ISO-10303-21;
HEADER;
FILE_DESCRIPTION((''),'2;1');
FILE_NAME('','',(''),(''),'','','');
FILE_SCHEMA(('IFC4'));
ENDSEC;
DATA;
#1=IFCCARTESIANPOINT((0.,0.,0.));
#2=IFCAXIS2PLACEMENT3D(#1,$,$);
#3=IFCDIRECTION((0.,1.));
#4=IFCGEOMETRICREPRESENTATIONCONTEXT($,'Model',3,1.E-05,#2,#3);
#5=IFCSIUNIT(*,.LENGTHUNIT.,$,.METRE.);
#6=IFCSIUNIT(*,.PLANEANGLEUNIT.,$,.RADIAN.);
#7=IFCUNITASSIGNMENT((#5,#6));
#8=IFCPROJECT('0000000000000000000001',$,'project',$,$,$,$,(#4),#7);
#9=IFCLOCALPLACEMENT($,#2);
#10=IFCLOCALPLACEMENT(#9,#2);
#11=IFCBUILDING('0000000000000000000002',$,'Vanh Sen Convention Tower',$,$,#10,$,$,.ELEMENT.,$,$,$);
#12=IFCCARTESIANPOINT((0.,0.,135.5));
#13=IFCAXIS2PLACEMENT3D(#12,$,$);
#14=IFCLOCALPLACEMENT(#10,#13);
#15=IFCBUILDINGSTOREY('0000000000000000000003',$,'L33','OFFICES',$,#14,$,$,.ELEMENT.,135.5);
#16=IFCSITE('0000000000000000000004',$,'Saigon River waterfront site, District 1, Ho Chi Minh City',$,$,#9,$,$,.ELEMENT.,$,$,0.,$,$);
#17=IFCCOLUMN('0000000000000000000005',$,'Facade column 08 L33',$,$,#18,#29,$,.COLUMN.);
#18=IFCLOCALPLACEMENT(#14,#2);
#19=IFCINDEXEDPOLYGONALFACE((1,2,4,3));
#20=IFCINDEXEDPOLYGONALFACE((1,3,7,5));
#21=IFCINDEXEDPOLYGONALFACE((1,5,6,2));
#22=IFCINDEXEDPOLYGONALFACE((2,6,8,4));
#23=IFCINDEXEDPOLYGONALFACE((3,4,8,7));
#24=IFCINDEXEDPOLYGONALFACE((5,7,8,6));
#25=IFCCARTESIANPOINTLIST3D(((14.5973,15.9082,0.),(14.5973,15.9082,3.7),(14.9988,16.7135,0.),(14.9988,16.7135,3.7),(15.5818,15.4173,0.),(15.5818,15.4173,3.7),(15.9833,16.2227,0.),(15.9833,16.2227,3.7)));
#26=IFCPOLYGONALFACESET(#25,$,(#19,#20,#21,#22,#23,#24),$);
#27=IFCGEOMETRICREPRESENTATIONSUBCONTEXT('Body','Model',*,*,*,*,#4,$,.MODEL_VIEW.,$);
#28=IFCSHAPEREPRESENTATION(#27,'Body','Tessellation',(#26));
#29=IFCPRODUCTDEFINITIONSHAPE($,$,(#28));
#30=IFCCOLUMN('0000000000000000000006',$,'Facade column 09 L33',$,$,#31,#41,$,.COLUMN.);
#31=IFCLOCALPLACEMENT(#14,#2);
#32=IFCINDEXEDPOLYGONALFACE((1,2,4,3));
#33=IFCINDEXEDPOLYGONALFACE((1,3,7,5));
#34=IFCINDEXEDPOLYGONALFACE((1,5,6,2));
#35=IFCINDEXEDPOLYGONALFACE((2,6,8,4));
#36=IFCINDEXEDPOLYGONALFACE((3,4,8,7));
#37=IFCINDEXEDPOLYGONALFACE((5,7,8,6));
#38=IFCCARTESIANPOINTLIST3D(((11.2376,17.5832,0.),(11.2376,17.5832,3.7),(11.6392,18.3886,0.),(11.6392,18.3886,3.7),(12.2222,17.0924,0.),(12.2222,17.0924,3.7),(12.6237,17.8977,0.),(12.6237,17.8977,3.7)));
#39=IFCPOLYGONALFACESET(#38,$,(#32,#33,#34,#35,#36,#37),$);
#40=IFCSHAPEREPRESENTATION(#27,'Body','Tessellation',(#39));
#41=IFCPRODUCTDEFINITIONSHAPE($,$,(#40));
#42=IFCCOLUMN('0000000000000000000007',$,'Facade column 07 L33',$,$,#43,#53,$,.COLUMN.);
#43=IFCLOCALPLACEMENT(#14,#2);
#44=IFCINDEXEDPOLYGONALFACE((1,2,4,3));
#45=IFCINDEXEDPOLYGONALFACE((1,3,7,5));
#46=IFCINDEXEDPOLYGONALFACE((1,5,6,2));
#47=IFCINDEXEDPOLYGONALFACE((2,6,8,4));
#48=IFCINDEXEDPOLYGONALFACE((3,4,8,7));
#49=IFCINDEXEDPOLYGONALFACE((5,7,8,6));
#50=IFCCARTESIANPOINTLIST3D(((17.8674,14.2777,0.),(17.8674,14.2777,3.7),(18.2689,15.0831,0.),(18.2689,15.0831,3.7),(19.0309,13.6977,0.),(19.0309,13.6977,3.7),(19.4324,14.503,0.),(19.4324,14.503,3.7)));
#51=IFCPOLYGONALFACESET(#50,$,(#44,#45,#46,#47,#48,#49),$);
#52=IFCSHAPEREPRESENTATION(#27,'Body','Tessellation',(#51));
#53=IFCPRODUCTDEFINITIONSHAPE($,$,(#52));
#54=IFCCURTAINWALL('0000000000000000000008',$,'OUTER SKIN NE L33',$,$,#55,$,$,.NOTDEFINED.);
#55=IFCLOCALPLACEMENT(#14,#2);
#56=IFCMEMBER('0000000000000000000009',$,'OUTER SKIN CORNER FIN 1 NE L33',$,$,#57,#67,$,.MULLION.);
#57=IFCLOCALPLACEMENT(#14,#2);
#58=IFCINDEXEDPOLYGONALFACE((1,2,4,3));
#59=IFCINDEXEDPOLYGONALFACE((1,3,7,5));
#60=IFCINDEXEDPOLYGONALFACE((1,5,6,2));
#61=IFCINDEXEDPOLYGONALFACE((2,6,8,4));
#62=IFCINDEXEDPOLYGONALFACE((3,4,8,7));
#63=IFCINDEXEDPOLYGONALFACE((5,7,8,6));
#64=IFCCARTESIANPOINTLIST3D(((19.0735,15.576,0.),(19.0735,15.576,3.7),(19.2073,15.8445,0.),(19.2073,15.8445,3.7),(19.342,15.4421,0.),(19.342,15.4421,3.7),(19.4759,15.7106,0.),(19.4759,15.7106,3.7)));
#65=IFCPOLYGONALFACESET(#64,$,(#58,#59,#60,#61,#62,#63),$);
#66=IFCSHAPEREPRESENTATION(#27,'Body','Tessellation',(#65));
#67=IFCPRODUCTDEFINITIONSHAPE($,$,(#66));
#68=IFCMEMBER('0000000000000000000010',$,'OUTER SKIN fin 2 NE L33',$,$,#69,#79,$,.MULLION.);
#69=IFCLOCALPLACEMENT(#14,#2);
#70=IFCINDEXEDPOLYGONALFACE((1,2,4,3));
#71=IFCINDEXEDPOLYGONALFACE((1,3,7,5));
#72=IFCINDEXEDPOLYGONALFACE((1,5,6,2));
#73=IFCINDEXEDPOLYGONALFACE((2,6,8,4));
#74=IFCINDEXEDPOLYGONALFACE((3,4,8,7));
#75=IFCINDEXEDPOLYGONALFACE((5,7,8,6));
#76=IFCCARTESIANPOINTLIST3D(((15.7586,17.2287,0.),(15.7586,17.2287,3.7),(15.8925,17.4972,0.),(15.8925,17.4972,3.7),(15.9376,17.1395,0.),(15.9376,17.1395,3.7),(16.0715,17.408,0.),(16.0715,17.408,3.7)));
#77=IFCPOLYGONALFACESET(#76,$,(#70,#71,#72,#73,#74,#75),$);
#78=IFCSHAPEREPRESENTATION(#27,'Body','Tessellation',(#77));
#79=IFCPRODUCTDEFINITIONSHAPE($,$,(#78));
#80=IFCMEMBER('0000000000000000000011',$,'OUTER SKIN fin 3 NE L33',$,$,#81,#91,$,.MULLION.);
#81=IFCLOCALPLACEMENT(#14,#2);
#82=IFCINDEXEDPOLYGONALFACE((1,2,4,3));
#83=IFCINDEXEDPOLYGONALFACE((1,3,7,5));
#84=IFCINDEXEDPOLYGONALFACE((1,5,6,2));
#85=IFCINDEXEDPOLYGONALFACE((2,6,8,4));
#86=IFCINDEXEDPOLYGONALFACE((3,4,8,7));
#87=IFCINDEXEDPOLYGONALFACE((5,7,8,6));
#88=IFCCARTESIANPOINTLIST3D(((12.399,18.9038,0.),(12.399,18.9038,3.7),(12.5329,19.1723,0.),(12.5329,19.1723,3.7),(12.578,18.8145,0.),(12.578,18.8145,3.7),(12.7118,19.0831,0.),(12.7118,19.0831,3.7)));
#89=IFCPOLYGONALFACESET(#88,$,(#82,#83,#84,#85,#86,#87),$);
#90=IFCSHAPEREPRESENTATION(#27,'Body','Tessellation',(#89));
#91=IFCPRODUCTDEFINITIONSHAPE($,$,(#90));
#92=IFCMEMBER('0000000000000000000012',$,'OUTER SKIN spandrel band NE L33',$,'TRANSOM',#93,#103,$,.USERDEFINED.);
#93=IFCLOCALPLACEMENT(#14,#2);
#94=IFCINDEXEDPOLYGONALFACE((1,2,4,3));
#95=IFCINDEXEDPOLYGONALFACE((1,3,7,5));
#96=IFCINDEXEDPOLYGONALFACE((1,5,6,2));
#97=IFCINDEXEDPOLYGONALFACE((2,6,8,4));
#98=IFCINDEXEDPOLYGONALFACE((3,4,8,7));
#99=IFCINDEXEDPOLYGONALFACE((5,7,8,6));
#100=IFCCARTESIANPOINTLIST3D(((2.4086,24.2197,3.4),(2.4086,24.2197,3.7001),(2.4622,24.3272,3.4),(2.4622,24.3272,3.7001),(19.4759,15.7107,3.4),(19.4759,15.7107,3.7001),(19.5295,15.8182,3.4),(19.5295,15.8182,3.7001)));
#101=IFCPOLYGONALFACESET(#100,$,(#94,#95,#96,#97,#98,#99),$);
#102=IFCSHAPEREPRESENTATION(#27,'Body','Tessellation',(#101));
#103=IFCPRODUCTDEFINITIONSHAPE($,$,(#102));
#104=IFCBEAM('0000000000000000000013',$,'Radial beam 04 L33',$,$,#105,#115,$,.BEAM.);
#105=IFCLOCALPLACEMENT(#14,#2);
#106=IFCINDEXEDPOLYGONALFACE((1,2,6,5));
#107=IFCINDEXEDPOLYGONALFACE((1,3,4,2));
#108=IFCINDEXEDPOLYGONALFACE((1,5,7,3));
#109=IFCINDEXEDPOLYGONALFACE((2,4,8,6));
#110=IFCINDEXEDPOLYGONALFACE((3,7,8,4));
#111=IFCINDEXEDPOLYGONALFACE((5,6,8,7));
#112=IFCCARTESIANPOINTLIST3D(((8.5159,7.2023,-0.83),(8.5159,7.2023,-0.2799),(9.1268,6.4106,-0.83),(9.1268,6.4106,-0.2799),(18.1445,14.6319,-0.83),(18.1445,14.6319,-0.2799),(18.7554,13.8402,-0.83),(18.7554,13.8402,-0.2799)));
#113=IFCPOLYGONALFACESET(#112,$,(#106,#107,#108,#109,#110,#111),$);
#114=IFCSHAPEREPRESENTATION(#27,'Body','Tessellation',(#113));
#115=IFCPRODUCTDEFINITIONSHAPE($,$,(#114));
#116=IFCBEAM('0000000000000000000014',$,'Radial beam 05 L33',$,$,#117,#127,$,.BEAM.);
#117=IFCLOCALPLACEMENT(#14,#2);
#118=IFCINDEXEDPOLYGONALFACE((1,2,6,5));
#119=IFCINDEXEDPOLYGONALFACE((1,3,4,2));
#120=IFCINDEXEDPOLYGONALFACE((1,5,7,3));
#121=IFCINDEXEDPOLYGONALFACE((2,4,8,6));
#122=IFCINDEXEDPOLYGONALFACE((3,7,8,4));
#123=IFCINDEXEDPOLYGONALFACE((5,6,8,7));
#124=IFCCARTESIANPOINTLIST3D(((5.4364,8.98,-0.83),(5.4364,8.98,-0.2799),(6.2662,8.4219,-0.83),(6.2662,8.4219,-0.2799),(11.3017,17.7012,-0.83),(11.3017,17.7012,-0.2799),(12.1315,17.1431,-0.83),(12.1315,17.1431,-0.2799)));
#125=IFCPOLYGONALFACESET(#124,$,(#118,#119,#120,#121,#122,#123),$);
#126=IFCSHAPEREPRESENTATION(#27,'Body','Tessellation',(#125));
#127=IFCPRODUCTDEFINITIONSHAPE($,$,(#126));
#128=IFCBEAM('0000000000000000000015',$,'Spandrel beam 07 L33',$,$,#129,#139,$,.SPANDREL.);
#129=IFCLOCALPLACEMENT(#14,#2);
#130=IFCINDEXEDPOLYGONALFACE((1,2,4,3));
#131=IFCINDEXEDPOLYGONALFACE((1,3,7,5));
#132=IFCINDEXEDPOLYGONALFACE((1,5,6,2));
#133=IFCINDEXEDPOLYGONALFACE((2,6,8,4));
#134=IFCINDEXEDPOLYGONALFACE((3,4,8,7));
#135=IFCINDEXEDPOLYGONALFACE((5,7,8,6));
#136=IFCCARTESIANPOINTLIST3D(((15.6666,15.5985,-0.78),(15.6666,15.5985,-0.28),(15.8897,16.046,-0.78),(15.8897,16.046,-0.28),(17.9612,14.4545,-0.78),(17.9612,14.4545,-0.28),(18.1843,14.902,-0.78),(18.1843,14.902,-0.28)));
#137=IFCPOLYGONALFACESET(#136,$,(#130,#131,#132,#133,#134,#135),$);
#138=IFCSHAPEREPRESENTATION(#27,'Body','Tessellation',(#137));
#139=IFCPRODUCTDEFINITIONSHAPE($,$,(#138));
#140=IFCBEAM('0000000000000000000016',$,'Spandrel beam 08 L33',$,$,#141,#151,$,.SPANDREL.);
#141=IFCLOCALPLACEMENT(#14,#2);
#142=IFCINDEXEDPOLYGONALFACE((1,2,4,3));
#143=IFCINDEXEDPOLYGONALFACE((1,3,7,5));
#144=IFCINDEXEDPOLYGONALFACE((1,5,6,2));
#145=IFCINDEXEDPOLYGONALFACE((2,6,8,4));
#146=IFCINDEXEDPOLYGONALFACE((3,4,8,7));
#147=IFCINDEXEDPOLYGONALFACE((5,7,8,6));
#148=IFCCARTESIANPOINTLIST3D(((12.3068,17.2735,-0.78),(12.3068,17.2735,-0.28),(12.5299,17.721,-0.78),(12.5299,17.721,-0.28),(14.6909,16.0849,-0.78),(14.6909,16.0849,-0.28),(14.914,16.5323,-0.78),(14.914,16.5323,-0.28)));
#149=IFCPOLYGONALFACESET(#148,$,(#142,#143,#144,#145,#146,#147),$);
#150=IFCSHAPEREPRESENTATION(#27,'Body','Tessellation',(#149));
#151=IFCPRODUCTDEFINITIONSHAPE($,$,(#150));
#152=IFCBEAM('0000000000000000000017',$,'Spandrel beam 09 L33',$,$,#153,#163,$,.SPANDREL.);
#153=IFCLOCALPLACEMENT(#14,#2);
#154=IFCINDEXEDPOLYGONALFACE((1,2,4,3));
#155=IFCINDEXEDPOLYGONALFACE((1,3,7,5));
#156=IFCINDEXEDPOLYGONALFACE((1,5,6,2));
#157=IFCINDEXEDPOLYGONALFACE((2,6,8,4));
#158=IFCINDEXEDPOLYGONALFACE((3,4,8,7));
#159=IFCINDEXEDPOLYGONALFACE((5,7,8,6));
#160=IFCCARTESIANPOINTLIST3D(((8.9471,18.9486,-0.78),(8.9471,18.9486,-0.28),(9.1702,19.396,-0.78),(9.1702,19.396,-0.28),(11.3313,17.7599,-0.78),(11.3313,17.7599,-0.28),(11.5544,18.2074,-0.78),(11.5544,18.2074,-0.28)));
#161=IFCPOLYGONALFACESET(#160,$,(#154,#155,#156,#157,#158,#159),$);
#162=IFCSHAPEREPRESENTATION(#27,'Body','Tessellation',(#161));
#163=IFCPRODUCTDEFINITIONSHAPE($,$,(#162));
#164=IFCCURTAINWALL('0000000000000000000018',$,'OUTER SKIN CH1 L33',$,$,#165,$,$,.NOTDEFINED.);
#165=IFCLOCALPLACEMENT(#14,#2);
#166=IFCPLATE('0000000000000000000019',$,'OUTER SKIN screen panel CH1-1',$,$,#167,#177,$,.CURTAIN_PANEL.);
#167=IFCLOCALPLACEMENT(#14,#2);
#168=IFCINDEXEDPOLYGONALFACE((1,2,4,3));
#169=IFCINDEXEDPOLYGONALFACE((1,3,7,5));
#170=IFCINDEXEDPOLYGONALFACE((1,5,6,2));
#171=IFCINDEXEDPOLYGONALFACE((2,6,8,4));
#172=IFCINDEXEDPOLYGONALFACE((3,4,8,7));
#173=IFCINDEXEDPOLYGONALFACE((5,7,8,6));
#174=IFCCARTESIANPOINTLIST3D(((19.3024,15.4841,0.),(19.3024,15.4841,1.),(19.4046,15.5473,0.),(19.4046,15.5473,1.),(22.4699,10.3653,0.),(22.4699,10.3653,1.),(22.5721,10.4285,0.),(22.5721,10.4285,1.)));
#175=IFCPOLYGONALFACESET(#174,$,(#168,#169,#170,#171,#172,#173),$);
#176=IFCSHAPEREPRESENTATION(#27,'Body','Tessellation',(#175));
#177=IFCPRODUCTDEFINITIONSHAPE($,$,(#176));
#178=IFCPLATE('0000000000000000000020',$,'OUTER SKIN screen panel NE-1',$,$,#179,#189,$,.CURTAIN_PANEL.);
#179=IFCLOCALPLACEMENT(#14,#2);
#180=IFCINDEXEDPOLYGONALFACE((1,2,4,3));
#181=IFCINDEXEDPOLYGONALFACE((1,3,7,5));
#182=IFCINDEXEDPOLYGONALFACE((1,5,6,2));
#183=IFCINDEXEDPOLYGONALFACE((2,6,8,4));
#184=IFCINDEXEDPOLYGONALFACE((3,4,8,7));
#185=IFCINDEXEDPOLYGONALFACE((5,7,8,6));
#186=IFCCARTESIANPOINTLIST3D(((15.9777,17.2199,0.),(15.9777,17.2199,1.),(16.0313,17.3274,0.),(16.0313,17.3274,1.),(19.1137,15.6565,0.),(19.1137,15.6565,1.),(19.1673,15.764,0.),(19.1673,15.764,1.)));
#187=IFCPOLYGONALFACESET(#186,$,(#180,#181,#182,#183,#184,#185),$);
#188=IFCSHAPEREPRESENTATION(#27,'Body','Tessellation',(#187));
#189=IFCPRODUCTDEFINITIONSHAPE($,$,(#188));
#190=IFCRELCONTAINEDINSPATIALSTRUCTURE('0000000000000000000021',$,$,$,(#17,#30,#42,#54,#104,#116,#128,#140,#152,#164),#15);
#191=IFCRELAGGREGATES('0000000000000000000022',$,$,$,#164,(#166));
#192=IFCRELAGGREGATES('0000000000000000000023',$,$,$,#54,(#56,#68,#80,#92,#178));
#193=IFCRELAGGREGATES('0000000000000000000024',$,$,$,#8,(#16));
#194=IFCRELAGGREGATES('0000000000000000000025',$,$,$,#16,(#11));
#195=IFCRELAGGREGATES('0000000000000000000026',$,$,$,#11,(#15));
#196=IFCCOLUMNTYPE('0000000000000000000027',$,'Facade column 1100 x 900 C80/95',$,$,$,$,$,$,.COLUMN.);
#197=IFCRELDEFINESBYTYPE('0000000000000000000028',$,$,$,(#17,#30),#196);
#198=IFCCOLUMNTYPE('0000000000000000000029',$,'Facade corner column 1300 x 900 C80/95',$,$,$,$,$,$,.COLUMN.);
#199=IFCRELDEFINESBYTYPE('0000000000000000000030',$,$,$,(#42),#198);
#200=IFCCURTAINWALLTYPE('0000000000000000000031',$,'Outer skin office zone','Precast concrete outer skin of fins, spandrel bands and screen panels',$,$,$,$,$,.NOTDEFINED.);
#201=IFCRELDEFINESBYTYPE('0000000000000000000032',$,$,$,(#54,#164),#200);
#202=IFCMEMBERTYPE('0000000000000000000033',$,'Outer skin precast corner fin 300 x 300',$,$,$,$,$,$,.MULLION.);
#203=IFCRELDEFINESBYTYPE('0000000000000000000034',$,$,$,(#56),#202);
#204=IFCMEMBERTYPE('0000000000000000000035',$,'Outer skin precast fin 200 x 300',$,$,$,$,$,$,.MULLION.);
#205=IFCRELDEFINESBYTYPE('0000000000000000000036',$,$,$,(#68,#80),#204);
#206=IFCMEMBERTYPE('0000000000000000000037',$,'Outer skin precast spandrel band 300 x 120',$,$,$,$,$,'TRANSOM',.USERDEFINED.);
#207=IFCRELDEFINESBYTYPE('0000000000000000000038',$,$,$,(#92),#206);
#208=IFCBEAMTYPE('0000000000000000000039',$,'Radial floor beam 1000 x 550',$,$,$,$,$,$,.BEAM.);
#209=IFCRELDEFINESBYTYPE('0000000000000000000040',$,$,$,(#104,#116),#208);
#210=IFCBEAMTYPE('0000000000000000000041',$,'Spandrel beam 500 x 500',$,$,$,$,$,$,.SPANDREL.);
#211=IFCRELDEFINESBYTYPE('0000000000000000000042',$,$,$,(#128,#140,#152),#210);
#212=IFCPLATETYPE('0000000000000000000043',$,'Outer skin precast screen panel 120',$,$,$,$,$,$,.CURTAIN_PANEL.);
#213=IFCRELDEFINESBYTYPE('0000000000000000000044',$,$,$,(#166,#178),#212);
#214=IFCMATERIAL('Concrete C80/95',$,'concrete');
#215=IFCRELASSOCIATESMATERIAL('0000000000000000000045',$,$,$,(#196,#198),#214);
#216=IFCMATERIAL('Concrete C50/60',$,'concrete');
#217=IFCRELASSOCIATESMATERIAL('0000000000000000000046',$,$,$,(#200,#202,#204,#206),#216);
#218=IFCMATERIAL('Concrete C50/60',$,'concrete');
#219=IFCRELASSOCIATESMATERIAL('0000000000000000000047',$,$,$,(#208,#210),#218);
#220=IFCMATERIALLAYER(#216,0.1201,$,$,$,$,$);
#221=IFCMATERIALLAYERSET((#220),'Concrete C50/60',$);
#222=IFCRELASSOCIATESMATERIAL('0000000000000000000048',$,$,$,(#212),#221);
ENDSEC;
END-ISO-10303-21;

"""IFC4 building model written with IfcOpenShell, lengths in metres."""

from ifc_helpers import new_model, si_unit, direction, frame, origin, origin_2d, place, context, subcontext, project, spatial, rectangle, extrude, material, layer, layer_set, material_profile, profile_set, type_object, element, aggregate, save


model = new_model("IFC4")

# Units and contexts
model_context = context("Model", 3, precision=1e-05, world=origin(), true_north=direction((0.0, 1.0)))
body_context = subcontext(model_context, "Body", "Model", "MODEL_VIEW")
ifc_project = project(units=[si_unit("LENGTHUNIT", "METRE"), si_unit("PLANEANGLEUNIT", "RADIAN")], contexts=[model_context])

# Site, building, storey
site_placement = place(None, origin())
site = spatial("IfcSite", under=ifc_project, at=site_placement, Name="Saigon River waterfront site, District 1, Ho Chi Minh City", CompositionType="ELEMENT", RefElevation=0.0)
building_placement = place(site_placement, origin())
building = spatial("IfcBuilding", under=site, at=building_placement, Name="Vanh Sen Convention Tower", CompositionType="ELEMENT")
storey_placement = place(building_placement, frame((0.0, 0.0, 135.5)))
storey = spatial("IfcBuildingStorey", under=building, at=storey_placement, Name="L33", Description="OFFICES", CompositionType="ELEMENT", Elevation=135.5)

# Columns
ifc_material_1 = material(Name="Concrete C80/95", Category="concrete")
ifc_material_profile_1 = material_profile(ifc_material_1, rectangle(XDim=1.1001, YDim=0.8999, at=origin_2d()), Name="RC 1100X900")
ifc_profile_set_1 = profile_set([ifc_material_profile_1], Name="Concrete C80/95")
column_type_1 = type_object("IfcColumnType", Name="Facade column 1100 x 900 C80/95", PredefinedType="COLUMN", material=ifc_profile_set_1)
for number, where, z_axis, x_axis, name in (
    (1, (15.2903, 16.0654, 0.0), (0.0, 0.0, 1.0), (-0.894934, 0.446198, 0.0), "Facade column 08 L33"),
    (2, (11.9307, 17.7405, 0.0), (0.0, 0.0, 1.0), (-0.894934, 0.446198, 0.0), "Facade column 09 L33"),
):
    element("IfcColumn", number, at=place(storey_placement, frame(where, z_axis=z_axis, x_axis=x_axis)), inside=storey, type_object=column_type_1, Name=name, PredefinedType="COLUMN", context=body_context, shape_type="SweptSolid", body=[
        extrude(rectangle(XDim=1.1001, YDim=0.8999, at=origin_2d()), origin(), (0.0, 0.0, 1.0), 3.7),
    ])
ifc_material_profile_2 = material_profile(ifc_material_1, rectangle(XDim=1.3, YDim=0.8999, at=origin_2d()), Name="RC 1300X900")
ifc_profile_set_2 = profile_set([ifc_material_profile_2], Name="Concrete C80/95")
column_type_2 = type_object("IfcColumnType", Name="Facade corner column 1300 x 900 C80/95", PredefinedType="COLUMN", material=ifc_profile_set_2)
column_placement = place(storey_placement, frame((18.6499, 14.3904, 0.0), z_axis=(0.0, 0.0, 1.0), x_axis=(-0.894934, 0.446198, 0.0)))
element("IfcColumn", 3, at=column_placement, inside=storey, type_object=column_type_2, Name="Facade column 07 L33", PredefinedType="COLUMN", context=body_context, shape_type="SweptSolid", body=[
    extrude(rectangle(XDim=1.3, YDim=0.8999, at=origin_2d()), origin(), (0.0, 0.0, 1.0), 3.7),
])

# Curtain wall, members
ifc_material_2 = material(Name="Concrete C50/60", Category="concrete")
curtain_wall_type = type_object("IfcCurtainWallType", Name="Outer skin office zone", Description="Precast concrete outer skin of fins, spandrel bands and screen panels", PredefinedType="NOTDEFINED", material=ifc_material_2)
curtain_wall_1_placement = place(storey_placement, origin())
curtain_wall_1 = element("IfcCurtainWall", 4, at=curtain_wall_1_placement, inside=storey, type_object=curtain_wall_type, Name="OUTER SKIN NE L33", PredefinedType="NOTDEFINED")
ifc_material_profile_3 = material_profile(ifc_material_2, rectangle(XDim=0.3, YDim=0.3, at=origin_2d()), Name="Outer skin precast corner fin 300 x 300")
ifc_profile_set_3 = profile_set([ifc_material_profile_3], Name="Concrete C50/60")
member_type_1 = type_object("IfcMemberType", Name="Outer skin precast corner fin 300 x 300", PredefinedType="MULLION", material=ifc_profile_set_3)
member_1_placement = place(storey_placement, frame((19.2747, 15.6433, 0.0), z_axis=(0.0, 0.0, 1.0), x_axis=(-0.894934, 0.446198, 0.0)))
member_1 = element("IfcMember", 5, at=member_1_placement, type_object=member_type_1, Name="OUTER SKIN CORNER FIN 1 NE L33", PredefinedType="MULLION", context=body_context, shape_type="SweptSolid", body=[
    extrude(rectangle(XDim=0.3, YDim=0.3, at=origin_2d()), origin(), (0.0, 0.0, 1.0), 3.7),
])
ifc_material_profile_4 = material_profile(ifc_material_2, rectangle(XDim=0.2, YDim=0.3, at=origin_2d()), Name="Outer skin precast fin 200 x 300")
ifc_profile_set_4 = profile_set([ifc_material_profile_4], Name="Concrete C50/60")
member_type_2 = type_object("IfcMemberType", Name="Outer skin precast fin 200 x 300", PredefinedType="MULLION", material=ifc_profile_set_4)
member_2_placement = place(storey_placement, frame((15.915, 17.3184, 0.0), z_axis=(0.0, 0.0, 1.0), x_axis=(-0.894934, 0.446198, 0.0)))
member_2 = element("IfcMember", 6, at=member_2_placement, type_object=member_type_2, Name="OUTER SKIN fin 2 NE L33", PredefinedType="MULLION", context=body_context, shape_type="SweptSolid", body=[
    extrude(rectangle(XDim=0.2, YDim=0.3, at=origin_2d()), origin(), (0.0, 0.0, 1.0), 3.7),
])
member_3_placement = place(storey_placement, frame((12.5554, 18.9934, 0.0), z_axis=(0.0, 0.0, 1.0), x_axis=(-0.894934, 0.446198, 0.0)))
member_3 = element("IfcMember", 7, at=member_3_placement, type_object=member_type_2, Name="OUTER SKIN fin 3 NE L33", PredefinedType="MULLION", context=body_context, shape_type="SweptSolid", body=[
    extrude(rectangle(XDim=0.2, YDim=0.3, at=origin_2d()), origin(), (0.0, 0.0, 1.0), 3.7),
])
ifc_material_profile_5 = material_profile(ifc_material_2, rectangle(XDim=0.1201, YDim=0.3, at=origin_2d()), Name="Outer skin precast spandrel band 300 x 120")
ifc_profile_set_5 = profile_set([ifc_material_profile_5], Name="Concrete C50/60")
member_type_3 = type_object("IfcMemberType", Name="Outer skin precast spandrel band 300 x 120", ElementType="TRANSOM", PredefinedType="USERDEFINED", material=ifc_profile_set_5)
member_4_placement = place(storey_placement, frame((19.5027, 15.7644, 3.55), z_axis=(-0.894941, 0.446184, 0.0), x_axis=(-0.446184, -0.894941, 0.0)))
member_4 = element("IfcMember", 8, at=member_4_placement, type_object=member_type_3, Name="OUTER SKIN spandrel band NE L33", ObjectType="TRANSOM", PredefinedType="USERDEFINED", context=body_context, shape_type="SweptSolid", body=[
    extrude(rectangle(XDim=0.1201, YDim=0.3, at=origin_2d()), origin(), (0.0, 0.0, 1.0), 19.0708),
])

# Beams
ifc_material_3 = material(Name="Concrete C50/60", Category="concrete")
ifc_material_profile_6 = material_profile(ifc_material_3, rectangle(XDim=1.0, YDim=0.55, at=origin_2d()), Name="RC 1000X550")
ifc_profile_set_6 = profile_set([ifc_material_profile_6], Name="Concrete C50/60")
beam_type_1 = type_object("IfcBeamType", Name="Radial floor beam 1000 x 550", PredefinedType="BEAM", material=ifc_profile_set_6)
beam_1_placement = place(storey_placement, frame((18.45, 14.2361, -0.5549), z_axis=(-0.791708, -0.610899, 0.0), x_axis=(0.610899, -0.791708, 0.0)))
element("IfcBeam", 9, at=beam_1_placement, inside=storey, type_object=beam_type_1, Name="Radial beam 04 L33", PredefinedType="BEAM", context=body_context, shape_type="SweptSolid", body=[
    extrude(rectangle(XDim=1.0, YDim=0.55, at=origin_2d()), origin(), (0.0, 0.0, 1.0), 12.1619),
])
beam_2_placement = place(storey_placement, frame((11.7166, 17.4221, -0.5549), z_axis=(-0.558062, -0.829799, 0.0), x_axis=(0.829799, -0.558062, 0.0)))
element("IfcBeam", 10, at=beam_2_placement, inside=storey, type_object=beam_type_1, Name="Radial beam 05 L33", PredefinedType="BEAM", context=body_context, shape_type="SweptSolid", body=[
    extrude(rectangle(XDim=1.0, YDim=0.55, at=origin_2d()), origin(), (0.0, 0.0, 1.0), 10.51),
])
ifc_material_profile_7 = material_profile(ifc_material_3, rectangle(XDim=0.5, YDim=0.5, at=origin_2d()), Name="RC 500X500")
ifc_profile_set_7 = profile_set([ifc_material_profile_7], Name="Concrete C50/60")
beam_type_2 = type_object("IfcBeamType", Name="Spandrel beam 500 x 500", PredefinedType="SPANDREL", material=ifc_profile_set_7)
beam_3_placement = place(storey_placement, frame((18.0728, 14.6782, -0.53), z_axis=(-0.894941, 0.446185, 0.0), x_axis=(-0.446185, -0.894941, 0.0)))
element("IfcBeam", 11, at=beam_3_placement, inside=storey, type_object=beam_type_2, Name="Spandrel beam 07 L33", PredefinedType="SPANDREL", context=body_context, shape_type="SweptSolid", body=[
    extrude(rectangle(XDim=0.5, YDim=0.5, at=origin_2d()), origin(), (0.0, 0.0, 1.0), 2.564),
])
for number, where, z_axis, x_axis, name in (
    (12, (14.8025, 16.3086, -0.53), (-0.89494, 0.446187, 0.0), (-0.446187, -0.89494, 0.0), "Spandrel beam 08 L33"),
    (13, (11.4429, 17.9836, -0.53), (-0.89494, 0.446187, 0.0), (-0.446187, -0.89494, 0.0), "Spandrel beam 09 L33"),
):
    element("IfcBeam", number, at=place(storey_placement, frame(where, z_axis=z_axis, x_axis=x_axis)), inside=storey, type_object=beam_type_2, Name=name, PredefinedType="SPANDREL", context=body_context, shape_type="SweptSolid", body=[
        extrude(rectangle(XDim=0.5, YDim=0.5, at=origin_2d()), origin(), (0.0, 0.0, 1.0), 2.6641),
    ])

# Curtain wall, plate
curtain_wall_2_placement = place(storey_placement, origin())
curtain_wall_2 = element("IfcCurtainWall", 14, at=curtain_wall_2_placement, inside=storey, type_object=curtain_wall_type, Name="OUTER SKIN CH1 L33", PredefinedType="NOTDEFINED")
ifc_layer_1 = layer(ifc_material_2, 0.1201)
ifc_layer_set_1 = layer_set([ifc_layer_1], Name="Concrete C50/60")
plate_type = type_object("IfcPlateType", Name="Outer skin precast screen panel 120", PredefinedType="CURTAIN_PANEL", material=ifc_layer_set_1)
plate_1_placement = place(storey_placement, frame((20.9373, 12.9563, 0.0), z_axis=(0.0, 0.0, 1.0), x_axis=(-0.526204, 0.850359, 0.0)))
plate_1 = element("IfcPlate", 15, at=plate_1_placement, type_object=plate_type, Name="OUTER SKIN screen panel CH1-1", PredefinedType="CURTAIN_PANEL", context=body_context, shape_type="SweptSolid", body=[
    extrude(rectangle(XDim=6.0195, YDim=0.1201, at=origin_2d()), origin(), (0.0, 0.0, 1.0), 1.0),
])
aggregate(curtain_wall_2, [plate_1])

# Plate
plate_2_placement = place(storey_placement, frame((17.5725, 16.4919, 0.0), z_axis=(0.0, 0.0, 1.0), x_axis=(-0.894944, 0.446179, 0.0)))
plate_2 = element("IfcPlate", 16, at=plate_2_placement, type_object=plate_type, Name="OUTER SKIN screen panel NE-1", PredefinedType="CURTAIN_PANEL", context=body_context, shape_type="SweptSolid", body=[
    extrude(rectangle(XDim=3.5042, YDim=0.1201, at=origin_2d()), origin(), (0.0, 0.0, 1.0), 1.0),
])
aggregate(curtain_wall_1, [member_1, member_2, member_3, member_4, plate_2])

save(model, "model.ifc")
